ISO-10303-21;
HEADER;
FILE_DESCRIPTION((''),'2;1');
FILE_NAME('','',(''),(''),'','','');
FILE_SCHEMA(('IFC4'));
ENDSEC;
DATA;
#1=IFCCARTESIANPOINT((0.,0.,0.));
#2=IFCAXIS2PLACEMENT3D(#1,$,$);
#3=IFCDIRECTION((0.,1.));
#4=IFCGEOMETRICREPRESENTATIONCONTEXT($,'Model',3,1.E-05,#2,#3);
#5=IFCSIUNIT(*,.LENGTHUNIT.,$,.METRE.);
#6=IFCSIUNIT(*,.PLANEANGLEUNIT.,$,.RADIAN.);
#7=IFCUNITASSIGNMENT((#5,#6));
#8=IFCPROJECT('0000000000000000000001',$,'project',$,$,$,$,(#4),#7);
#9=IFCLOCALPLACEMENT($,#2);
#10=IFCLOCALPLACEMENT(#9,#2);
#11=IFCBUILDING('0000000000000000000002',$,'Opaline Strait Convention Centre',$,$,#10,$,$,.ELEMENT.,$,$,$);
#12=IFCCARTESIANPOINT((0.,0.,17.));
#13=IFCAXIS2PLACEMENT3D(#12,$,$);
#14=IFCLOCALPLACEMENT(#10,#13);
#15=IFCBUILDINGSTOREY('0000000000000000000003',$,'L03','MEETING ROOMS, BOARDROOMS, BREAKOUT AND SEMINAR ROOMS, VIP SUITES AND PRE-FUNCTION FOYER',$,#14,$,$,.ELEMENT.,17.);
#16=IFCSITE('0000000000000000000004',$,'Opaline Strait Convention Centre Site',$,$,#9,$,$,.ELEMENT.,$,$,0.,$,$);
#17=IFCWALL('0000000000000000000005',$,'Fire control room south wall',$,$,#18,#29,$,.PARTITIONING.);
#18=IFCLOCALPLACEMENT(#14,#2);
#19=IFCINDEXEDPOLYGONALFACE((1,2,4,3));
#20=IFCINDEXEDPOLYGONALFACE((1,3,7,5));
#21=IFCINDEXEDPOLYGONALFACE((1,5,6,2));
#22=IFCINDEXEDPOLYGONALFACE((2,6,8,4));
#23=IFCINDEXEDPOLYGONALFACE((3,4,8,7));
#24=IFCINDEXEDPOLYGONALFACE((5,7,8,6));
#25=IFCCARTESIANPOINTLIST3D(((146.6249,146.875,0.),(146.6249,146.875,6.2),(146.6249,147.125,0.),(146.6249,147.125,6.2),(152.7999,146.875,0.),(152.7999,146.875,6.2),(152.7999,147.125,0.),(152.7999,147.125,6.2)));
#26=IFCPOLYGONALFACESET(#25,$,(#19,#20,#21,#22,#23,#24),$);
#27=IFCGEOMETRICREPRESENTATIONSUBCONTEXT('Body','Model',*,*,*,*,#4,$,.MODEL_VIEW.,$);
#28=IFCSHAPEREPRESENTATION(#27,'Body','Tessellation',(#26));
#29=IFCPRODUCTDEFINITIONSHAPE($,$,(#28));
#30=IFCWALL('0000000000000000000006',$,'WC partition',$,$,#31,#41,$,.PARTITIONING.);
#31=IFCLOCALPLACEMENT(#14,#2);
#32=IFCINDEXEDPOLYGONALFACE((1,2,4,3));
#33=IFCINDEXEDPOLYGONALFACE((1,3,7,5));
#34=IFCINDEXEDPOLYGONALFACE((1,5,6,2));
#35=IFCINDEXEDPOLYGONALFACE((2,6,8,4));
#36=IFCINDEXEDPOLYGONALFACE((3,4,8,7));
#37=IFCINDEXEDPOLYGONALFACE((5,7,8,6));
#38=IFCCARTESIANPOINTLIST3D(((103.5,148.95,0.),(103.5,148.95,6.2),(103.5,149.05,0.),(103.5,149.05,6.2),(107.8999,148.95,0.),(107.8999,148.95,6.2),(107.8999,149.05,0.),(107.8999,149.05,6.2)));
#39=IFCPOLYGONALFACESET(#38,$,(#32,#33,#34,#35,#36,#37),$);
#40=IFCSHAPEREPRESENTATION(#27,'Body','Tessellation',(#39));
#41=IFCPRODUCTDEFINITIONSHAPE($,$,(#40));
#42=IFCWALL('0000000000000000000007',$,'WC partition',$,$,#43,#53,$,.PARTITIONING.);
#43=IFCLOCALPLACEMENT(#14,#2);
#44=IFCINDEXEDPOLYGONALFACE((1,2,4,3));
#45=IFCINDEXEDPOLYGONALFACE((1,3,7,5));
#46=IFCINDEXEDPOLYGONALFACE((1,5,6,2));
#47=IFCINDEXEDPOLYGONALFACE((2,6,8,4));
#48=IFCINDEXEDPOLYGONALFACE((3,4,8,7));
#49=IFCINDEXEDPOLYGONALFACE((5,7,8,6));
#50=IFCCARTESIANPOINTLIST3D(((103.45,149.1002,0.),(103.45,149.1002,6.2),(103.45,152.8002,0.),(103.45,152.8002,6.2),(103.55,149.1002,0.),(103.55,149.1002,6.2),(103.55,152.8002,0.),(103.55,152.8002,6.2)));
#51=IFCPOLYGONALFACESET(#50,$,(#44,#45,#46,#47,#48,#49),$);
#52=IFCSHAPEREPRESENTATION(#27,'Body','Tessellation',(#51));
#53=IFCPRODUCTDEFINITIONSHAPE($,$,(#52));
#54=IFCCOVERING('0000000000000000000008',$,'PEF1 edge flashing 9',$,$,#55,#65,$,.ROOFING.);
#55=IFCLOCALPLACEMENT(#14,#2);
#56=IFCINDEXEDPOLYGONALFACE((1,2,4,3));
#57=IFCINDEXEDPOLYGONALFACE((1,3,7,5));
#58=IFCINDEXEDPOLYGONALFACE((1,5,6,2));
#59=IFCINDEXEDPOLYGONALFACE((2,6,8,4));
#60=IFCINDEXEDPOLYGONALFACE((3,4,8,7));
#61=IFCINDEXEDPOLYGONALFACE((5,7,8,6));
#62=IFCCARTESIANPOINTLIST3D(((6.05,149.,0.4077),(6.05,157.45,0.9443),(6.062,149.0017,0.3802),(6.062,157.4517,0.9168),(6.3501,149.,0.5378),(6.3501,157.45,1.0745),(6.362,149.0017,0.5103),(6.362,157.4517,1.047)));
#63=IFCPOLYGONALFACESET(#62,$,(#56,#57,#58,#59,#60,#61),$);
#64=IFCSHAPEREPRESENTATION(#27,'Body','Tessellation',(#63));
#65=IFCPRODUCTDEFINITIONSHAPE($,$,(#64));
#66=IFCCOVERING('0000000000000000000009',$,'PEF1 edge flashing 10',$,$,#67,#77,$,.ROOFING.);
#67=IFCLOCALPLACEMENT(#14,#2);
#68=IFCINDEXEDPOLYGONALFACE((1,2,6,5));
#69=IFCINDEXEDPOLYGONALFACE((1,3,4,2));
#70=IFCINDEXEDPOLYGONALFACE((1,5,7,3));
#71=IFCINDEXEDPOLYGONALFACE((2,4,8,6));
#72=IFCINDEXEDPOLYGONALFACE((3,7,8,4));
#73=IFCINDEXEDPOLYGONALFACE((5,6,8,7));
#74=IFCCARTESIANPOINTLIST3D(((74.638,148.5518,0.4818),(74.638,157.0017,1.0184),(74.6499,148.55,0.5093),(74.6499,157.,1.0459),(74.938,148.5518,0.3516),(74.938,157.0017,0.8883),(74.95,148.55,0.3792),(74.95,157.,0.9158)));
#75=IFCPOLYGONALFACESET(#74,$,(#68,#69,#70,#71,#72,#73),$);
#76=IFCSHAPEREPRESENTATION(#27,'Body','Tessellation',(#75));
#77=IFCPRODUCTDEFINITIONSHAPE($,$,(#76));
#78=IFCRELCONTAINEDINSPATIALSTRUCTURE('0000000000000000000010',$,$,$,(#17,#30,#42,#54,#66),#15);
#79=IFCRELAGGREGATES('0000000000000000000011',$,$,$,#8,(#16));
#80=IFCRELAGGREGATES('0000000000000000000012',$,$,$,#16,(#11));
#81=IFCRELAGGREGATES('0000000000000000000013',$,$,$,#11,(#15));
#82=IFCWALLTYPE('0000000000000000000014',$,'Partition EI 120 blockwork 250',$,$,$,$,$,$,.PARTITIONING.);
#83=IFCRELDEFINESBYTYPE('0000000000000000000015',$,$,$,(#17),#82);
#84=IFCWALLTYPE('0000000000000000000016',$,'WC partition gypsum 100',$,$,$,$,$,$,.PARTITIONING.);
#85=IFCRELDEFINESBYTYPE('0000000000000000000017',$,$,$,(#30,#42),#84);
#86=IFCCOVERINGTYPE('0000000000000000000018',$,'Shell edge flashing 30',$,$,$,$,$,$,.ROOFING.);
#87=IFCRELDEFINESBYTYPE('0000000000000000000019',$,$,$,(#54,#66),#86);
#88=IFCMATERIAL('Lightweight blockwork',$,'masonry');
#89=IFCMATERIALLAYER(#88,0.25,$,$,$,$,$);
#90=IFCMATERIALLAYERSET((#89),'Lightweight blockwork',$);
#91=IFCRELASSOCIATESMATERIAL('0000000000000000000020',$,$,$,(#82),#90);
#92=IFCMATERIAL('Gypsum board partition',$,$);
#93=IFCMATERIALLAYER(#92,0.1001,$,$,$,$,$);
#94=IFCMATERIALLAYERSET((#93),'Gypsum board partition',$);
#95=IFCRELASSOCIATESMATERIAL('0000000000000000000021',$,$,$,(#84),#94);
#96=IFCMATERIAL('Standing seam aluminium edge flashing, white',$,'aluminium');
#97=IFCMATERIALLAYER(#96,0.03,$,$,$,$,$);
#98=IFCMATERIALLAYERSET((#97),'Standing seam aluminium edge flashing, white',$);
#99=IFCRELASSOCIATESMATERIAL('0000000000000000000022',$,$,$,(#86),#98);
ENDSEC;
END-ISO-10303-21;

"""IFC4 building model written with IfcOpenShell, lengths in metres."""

from ifc_helpers import new_model, si_unit, direction, frame, frame_2d, origin, place, context, subcontext, project, spatial, polyline, rectangle, outline, extrude, material, layer, layer_set, type_object, element, save


model = new_model("IFC4")

# Units and contexts
model_context = context("Model", 3, precision=1e-05, world=origin(), true_north=direction((0.0, 1.0)))
body_context = subcontext(model_context, "Body", "Model", "MODEL_VIEW")
ifc_project = project(units=[si_unit("LENGTHUNIT", "METRE"), si_unit("PLANEANGLEUNIT", "RADIAN")], contexts=[model_context])

# Site, building, storey
site_placement = place(None, origin())
site = spatial("IfcSite", under=ifc_project, at=site_placement, Name="Opaline Strait Convention Centre Site", CompositionType="ELEMENT", RefElevation=0.0)
building_placement = place(site_placement, origin())
building = spatial("IfcBuilding", under=site, at=building_placement, Name="Opaline Strait Convention Centre", CompositionType="ELEMENT")
storey_placement = place(building_placement, frame((0.0, 0.0, 17.0)))
storey = spatial("IfcBuildingStorey", under=building, at=storey_placement, Name="L03", Description="MEETING ROOMS, BOARDROOMS, BREAKOUT AND SEMINAR ROOMS, VIP SUITES AND PRE-FUNCTION FOYER", CompositionType="ELEMENT", Elevation=17.0)

# Walls
ifc_material_1 = material(Name="Lightweight blockwork", Category="masonry")
ifc_layer_1 = layer(ifc_material_1, 0.25)
ifc_layer_set_1 = layer_set([ifc_layer_1], Name="Lightweight blockwork")
wall_type_1 = type_object("IfcWallType", Name="Partition EI 120 blockwork 250", PredefinedType="PARTITIONING", material=ifc_layer_set_1)
wall_1_placement = place(storey_placement, frame((146.625, 147.0, 0.0), z_axis=(0.0, 0.0, 1.0), x_axis=(1.0, 0.0, 0.0)))
element("IfcWall", 1, at=wall_1_placement, inside=storey, type_object=wall_type_1, Name="Fire control room south wall", PredefinedType="PARTITIONING", context=body_context, shape_type="SweptSolid", body=[
    extrude(rectangle(XDim=6.175, YDim=0.25, at=frame_2d((3.0874, 0.0))), origin(), (0.0, 0.0, 1.0), 6.2),
])
ifc_material_2 = material(Name="Gypsum board partition")
ifc_layer_2 = layer(ifc_material_2, 0.1001)
ifc_layer_set_2 = layer_set([ifc_layer_2], Name="Gypsum board partition")
wall_type_2 = type_object("IfcWallType", Name="WC partition gypsum 100", PredefinedType="PARTITIONING", material=ifc_layer_set_2)
wall_2_placement = place(storey_placement, frame((103.5, 149.0, 0.0), z_axis=(0.0, 0.0, 1.0), x_axis=(1.0, 0.0, 0.0)))
element("IfcWall", 2, at=wall_2_placement, inside=storey, type_object=wall_type_2, Name="WC partition", PredefinedType="PARTITIONING", context=body_context, shape_type="SweptSolid", body=[
    extrude(rectangle(XDim=4.3999, YDim=0.1001, at=frame_2d((2.2, 0.0))), origin(), (0.0, 0.0, 1.0), 6.2),
])
wall_3_placement = place(storey_placement, frame((103.5, 149.1001, 0.0), z_axis=(0.0, 0.0, 1.0), x_axis=(0.0, 1.0, 0.0)))
element("IfcWall", 3, at=wall_3_placement, inside=storey, type_object=wall_type_2, Name="WC partition", PredefinedType="PARTITIONING", context=body_context, shape_type="SweptSolid", body=[
    extrude(rectangle(XDim=3.7, YDim=0.1001, at=frame_2d((1.8501, 0.0))), origin(), (0.0, 0.0, 1.0), 6.2),
])

# Coverings
ifc_material_3 = material(Name="Standing seam aluminium edge flashing, white", Category="aluminium")
ifc_layer_3 = layer(ifc_material_3, 0.03)
ifc_layer_set_3 = layer_set([ifc_layer_3], Name="Standing seam aluminium edge flashing, white")
covering_type = type_object("IfcCoveringType", Name="Shell edge flashing 30", PredefinedType="ROOFING", material=ifc_layer_set_3)
covering_1_placement = place(storey_placement, frame((6.05, 149.0, 0.4077), z_axis=(-0.397206, -0.058164, 0.915884), x_axis=(0.917438, 0.0, 0.39788)))
element("IfcCovering", 4, at=covering_1_placement, inside=storey, type_object=covering_type, Name="PEF1 edge flashing 9", PredefinedType="ROOFING", context=body_context, shape_type="SweptSolid", body=[
    extrude(outline(polyline([(0.0, 0.0), (0.3271, 0.0), (0.5406, 8.4643), (0.2135, 8.4643), (0.0, 0.0)])), origin(), (0.0, 0.0, -1.0), 0.03),
])
covering_2_placement = place(storey_placement, frame((74.6499, 148.55, 0.5093), z_axis=(0.397206, -0.058164, 0.915884), x_axis=(0.917438, 0.0, -0.39788)))
element("IfcCovering", 5, at=covering_2_placement, inside=storey, type_object=covering_type, Name="PEF1 edge flashing 10", PredefinedType="ROOFING", context=body_context, shape_type="SweptSolid", body=[
    extrude(outline(polyline([(0.0, 0.0), (0.3271, 0.0), (0.1135, 8.4643), (-0.2135, 8.4643), (0.0, 0.0)])), origin(), (0.0, 0.0, -1.0), 0.03),
])

save(model, "model.ifc")
